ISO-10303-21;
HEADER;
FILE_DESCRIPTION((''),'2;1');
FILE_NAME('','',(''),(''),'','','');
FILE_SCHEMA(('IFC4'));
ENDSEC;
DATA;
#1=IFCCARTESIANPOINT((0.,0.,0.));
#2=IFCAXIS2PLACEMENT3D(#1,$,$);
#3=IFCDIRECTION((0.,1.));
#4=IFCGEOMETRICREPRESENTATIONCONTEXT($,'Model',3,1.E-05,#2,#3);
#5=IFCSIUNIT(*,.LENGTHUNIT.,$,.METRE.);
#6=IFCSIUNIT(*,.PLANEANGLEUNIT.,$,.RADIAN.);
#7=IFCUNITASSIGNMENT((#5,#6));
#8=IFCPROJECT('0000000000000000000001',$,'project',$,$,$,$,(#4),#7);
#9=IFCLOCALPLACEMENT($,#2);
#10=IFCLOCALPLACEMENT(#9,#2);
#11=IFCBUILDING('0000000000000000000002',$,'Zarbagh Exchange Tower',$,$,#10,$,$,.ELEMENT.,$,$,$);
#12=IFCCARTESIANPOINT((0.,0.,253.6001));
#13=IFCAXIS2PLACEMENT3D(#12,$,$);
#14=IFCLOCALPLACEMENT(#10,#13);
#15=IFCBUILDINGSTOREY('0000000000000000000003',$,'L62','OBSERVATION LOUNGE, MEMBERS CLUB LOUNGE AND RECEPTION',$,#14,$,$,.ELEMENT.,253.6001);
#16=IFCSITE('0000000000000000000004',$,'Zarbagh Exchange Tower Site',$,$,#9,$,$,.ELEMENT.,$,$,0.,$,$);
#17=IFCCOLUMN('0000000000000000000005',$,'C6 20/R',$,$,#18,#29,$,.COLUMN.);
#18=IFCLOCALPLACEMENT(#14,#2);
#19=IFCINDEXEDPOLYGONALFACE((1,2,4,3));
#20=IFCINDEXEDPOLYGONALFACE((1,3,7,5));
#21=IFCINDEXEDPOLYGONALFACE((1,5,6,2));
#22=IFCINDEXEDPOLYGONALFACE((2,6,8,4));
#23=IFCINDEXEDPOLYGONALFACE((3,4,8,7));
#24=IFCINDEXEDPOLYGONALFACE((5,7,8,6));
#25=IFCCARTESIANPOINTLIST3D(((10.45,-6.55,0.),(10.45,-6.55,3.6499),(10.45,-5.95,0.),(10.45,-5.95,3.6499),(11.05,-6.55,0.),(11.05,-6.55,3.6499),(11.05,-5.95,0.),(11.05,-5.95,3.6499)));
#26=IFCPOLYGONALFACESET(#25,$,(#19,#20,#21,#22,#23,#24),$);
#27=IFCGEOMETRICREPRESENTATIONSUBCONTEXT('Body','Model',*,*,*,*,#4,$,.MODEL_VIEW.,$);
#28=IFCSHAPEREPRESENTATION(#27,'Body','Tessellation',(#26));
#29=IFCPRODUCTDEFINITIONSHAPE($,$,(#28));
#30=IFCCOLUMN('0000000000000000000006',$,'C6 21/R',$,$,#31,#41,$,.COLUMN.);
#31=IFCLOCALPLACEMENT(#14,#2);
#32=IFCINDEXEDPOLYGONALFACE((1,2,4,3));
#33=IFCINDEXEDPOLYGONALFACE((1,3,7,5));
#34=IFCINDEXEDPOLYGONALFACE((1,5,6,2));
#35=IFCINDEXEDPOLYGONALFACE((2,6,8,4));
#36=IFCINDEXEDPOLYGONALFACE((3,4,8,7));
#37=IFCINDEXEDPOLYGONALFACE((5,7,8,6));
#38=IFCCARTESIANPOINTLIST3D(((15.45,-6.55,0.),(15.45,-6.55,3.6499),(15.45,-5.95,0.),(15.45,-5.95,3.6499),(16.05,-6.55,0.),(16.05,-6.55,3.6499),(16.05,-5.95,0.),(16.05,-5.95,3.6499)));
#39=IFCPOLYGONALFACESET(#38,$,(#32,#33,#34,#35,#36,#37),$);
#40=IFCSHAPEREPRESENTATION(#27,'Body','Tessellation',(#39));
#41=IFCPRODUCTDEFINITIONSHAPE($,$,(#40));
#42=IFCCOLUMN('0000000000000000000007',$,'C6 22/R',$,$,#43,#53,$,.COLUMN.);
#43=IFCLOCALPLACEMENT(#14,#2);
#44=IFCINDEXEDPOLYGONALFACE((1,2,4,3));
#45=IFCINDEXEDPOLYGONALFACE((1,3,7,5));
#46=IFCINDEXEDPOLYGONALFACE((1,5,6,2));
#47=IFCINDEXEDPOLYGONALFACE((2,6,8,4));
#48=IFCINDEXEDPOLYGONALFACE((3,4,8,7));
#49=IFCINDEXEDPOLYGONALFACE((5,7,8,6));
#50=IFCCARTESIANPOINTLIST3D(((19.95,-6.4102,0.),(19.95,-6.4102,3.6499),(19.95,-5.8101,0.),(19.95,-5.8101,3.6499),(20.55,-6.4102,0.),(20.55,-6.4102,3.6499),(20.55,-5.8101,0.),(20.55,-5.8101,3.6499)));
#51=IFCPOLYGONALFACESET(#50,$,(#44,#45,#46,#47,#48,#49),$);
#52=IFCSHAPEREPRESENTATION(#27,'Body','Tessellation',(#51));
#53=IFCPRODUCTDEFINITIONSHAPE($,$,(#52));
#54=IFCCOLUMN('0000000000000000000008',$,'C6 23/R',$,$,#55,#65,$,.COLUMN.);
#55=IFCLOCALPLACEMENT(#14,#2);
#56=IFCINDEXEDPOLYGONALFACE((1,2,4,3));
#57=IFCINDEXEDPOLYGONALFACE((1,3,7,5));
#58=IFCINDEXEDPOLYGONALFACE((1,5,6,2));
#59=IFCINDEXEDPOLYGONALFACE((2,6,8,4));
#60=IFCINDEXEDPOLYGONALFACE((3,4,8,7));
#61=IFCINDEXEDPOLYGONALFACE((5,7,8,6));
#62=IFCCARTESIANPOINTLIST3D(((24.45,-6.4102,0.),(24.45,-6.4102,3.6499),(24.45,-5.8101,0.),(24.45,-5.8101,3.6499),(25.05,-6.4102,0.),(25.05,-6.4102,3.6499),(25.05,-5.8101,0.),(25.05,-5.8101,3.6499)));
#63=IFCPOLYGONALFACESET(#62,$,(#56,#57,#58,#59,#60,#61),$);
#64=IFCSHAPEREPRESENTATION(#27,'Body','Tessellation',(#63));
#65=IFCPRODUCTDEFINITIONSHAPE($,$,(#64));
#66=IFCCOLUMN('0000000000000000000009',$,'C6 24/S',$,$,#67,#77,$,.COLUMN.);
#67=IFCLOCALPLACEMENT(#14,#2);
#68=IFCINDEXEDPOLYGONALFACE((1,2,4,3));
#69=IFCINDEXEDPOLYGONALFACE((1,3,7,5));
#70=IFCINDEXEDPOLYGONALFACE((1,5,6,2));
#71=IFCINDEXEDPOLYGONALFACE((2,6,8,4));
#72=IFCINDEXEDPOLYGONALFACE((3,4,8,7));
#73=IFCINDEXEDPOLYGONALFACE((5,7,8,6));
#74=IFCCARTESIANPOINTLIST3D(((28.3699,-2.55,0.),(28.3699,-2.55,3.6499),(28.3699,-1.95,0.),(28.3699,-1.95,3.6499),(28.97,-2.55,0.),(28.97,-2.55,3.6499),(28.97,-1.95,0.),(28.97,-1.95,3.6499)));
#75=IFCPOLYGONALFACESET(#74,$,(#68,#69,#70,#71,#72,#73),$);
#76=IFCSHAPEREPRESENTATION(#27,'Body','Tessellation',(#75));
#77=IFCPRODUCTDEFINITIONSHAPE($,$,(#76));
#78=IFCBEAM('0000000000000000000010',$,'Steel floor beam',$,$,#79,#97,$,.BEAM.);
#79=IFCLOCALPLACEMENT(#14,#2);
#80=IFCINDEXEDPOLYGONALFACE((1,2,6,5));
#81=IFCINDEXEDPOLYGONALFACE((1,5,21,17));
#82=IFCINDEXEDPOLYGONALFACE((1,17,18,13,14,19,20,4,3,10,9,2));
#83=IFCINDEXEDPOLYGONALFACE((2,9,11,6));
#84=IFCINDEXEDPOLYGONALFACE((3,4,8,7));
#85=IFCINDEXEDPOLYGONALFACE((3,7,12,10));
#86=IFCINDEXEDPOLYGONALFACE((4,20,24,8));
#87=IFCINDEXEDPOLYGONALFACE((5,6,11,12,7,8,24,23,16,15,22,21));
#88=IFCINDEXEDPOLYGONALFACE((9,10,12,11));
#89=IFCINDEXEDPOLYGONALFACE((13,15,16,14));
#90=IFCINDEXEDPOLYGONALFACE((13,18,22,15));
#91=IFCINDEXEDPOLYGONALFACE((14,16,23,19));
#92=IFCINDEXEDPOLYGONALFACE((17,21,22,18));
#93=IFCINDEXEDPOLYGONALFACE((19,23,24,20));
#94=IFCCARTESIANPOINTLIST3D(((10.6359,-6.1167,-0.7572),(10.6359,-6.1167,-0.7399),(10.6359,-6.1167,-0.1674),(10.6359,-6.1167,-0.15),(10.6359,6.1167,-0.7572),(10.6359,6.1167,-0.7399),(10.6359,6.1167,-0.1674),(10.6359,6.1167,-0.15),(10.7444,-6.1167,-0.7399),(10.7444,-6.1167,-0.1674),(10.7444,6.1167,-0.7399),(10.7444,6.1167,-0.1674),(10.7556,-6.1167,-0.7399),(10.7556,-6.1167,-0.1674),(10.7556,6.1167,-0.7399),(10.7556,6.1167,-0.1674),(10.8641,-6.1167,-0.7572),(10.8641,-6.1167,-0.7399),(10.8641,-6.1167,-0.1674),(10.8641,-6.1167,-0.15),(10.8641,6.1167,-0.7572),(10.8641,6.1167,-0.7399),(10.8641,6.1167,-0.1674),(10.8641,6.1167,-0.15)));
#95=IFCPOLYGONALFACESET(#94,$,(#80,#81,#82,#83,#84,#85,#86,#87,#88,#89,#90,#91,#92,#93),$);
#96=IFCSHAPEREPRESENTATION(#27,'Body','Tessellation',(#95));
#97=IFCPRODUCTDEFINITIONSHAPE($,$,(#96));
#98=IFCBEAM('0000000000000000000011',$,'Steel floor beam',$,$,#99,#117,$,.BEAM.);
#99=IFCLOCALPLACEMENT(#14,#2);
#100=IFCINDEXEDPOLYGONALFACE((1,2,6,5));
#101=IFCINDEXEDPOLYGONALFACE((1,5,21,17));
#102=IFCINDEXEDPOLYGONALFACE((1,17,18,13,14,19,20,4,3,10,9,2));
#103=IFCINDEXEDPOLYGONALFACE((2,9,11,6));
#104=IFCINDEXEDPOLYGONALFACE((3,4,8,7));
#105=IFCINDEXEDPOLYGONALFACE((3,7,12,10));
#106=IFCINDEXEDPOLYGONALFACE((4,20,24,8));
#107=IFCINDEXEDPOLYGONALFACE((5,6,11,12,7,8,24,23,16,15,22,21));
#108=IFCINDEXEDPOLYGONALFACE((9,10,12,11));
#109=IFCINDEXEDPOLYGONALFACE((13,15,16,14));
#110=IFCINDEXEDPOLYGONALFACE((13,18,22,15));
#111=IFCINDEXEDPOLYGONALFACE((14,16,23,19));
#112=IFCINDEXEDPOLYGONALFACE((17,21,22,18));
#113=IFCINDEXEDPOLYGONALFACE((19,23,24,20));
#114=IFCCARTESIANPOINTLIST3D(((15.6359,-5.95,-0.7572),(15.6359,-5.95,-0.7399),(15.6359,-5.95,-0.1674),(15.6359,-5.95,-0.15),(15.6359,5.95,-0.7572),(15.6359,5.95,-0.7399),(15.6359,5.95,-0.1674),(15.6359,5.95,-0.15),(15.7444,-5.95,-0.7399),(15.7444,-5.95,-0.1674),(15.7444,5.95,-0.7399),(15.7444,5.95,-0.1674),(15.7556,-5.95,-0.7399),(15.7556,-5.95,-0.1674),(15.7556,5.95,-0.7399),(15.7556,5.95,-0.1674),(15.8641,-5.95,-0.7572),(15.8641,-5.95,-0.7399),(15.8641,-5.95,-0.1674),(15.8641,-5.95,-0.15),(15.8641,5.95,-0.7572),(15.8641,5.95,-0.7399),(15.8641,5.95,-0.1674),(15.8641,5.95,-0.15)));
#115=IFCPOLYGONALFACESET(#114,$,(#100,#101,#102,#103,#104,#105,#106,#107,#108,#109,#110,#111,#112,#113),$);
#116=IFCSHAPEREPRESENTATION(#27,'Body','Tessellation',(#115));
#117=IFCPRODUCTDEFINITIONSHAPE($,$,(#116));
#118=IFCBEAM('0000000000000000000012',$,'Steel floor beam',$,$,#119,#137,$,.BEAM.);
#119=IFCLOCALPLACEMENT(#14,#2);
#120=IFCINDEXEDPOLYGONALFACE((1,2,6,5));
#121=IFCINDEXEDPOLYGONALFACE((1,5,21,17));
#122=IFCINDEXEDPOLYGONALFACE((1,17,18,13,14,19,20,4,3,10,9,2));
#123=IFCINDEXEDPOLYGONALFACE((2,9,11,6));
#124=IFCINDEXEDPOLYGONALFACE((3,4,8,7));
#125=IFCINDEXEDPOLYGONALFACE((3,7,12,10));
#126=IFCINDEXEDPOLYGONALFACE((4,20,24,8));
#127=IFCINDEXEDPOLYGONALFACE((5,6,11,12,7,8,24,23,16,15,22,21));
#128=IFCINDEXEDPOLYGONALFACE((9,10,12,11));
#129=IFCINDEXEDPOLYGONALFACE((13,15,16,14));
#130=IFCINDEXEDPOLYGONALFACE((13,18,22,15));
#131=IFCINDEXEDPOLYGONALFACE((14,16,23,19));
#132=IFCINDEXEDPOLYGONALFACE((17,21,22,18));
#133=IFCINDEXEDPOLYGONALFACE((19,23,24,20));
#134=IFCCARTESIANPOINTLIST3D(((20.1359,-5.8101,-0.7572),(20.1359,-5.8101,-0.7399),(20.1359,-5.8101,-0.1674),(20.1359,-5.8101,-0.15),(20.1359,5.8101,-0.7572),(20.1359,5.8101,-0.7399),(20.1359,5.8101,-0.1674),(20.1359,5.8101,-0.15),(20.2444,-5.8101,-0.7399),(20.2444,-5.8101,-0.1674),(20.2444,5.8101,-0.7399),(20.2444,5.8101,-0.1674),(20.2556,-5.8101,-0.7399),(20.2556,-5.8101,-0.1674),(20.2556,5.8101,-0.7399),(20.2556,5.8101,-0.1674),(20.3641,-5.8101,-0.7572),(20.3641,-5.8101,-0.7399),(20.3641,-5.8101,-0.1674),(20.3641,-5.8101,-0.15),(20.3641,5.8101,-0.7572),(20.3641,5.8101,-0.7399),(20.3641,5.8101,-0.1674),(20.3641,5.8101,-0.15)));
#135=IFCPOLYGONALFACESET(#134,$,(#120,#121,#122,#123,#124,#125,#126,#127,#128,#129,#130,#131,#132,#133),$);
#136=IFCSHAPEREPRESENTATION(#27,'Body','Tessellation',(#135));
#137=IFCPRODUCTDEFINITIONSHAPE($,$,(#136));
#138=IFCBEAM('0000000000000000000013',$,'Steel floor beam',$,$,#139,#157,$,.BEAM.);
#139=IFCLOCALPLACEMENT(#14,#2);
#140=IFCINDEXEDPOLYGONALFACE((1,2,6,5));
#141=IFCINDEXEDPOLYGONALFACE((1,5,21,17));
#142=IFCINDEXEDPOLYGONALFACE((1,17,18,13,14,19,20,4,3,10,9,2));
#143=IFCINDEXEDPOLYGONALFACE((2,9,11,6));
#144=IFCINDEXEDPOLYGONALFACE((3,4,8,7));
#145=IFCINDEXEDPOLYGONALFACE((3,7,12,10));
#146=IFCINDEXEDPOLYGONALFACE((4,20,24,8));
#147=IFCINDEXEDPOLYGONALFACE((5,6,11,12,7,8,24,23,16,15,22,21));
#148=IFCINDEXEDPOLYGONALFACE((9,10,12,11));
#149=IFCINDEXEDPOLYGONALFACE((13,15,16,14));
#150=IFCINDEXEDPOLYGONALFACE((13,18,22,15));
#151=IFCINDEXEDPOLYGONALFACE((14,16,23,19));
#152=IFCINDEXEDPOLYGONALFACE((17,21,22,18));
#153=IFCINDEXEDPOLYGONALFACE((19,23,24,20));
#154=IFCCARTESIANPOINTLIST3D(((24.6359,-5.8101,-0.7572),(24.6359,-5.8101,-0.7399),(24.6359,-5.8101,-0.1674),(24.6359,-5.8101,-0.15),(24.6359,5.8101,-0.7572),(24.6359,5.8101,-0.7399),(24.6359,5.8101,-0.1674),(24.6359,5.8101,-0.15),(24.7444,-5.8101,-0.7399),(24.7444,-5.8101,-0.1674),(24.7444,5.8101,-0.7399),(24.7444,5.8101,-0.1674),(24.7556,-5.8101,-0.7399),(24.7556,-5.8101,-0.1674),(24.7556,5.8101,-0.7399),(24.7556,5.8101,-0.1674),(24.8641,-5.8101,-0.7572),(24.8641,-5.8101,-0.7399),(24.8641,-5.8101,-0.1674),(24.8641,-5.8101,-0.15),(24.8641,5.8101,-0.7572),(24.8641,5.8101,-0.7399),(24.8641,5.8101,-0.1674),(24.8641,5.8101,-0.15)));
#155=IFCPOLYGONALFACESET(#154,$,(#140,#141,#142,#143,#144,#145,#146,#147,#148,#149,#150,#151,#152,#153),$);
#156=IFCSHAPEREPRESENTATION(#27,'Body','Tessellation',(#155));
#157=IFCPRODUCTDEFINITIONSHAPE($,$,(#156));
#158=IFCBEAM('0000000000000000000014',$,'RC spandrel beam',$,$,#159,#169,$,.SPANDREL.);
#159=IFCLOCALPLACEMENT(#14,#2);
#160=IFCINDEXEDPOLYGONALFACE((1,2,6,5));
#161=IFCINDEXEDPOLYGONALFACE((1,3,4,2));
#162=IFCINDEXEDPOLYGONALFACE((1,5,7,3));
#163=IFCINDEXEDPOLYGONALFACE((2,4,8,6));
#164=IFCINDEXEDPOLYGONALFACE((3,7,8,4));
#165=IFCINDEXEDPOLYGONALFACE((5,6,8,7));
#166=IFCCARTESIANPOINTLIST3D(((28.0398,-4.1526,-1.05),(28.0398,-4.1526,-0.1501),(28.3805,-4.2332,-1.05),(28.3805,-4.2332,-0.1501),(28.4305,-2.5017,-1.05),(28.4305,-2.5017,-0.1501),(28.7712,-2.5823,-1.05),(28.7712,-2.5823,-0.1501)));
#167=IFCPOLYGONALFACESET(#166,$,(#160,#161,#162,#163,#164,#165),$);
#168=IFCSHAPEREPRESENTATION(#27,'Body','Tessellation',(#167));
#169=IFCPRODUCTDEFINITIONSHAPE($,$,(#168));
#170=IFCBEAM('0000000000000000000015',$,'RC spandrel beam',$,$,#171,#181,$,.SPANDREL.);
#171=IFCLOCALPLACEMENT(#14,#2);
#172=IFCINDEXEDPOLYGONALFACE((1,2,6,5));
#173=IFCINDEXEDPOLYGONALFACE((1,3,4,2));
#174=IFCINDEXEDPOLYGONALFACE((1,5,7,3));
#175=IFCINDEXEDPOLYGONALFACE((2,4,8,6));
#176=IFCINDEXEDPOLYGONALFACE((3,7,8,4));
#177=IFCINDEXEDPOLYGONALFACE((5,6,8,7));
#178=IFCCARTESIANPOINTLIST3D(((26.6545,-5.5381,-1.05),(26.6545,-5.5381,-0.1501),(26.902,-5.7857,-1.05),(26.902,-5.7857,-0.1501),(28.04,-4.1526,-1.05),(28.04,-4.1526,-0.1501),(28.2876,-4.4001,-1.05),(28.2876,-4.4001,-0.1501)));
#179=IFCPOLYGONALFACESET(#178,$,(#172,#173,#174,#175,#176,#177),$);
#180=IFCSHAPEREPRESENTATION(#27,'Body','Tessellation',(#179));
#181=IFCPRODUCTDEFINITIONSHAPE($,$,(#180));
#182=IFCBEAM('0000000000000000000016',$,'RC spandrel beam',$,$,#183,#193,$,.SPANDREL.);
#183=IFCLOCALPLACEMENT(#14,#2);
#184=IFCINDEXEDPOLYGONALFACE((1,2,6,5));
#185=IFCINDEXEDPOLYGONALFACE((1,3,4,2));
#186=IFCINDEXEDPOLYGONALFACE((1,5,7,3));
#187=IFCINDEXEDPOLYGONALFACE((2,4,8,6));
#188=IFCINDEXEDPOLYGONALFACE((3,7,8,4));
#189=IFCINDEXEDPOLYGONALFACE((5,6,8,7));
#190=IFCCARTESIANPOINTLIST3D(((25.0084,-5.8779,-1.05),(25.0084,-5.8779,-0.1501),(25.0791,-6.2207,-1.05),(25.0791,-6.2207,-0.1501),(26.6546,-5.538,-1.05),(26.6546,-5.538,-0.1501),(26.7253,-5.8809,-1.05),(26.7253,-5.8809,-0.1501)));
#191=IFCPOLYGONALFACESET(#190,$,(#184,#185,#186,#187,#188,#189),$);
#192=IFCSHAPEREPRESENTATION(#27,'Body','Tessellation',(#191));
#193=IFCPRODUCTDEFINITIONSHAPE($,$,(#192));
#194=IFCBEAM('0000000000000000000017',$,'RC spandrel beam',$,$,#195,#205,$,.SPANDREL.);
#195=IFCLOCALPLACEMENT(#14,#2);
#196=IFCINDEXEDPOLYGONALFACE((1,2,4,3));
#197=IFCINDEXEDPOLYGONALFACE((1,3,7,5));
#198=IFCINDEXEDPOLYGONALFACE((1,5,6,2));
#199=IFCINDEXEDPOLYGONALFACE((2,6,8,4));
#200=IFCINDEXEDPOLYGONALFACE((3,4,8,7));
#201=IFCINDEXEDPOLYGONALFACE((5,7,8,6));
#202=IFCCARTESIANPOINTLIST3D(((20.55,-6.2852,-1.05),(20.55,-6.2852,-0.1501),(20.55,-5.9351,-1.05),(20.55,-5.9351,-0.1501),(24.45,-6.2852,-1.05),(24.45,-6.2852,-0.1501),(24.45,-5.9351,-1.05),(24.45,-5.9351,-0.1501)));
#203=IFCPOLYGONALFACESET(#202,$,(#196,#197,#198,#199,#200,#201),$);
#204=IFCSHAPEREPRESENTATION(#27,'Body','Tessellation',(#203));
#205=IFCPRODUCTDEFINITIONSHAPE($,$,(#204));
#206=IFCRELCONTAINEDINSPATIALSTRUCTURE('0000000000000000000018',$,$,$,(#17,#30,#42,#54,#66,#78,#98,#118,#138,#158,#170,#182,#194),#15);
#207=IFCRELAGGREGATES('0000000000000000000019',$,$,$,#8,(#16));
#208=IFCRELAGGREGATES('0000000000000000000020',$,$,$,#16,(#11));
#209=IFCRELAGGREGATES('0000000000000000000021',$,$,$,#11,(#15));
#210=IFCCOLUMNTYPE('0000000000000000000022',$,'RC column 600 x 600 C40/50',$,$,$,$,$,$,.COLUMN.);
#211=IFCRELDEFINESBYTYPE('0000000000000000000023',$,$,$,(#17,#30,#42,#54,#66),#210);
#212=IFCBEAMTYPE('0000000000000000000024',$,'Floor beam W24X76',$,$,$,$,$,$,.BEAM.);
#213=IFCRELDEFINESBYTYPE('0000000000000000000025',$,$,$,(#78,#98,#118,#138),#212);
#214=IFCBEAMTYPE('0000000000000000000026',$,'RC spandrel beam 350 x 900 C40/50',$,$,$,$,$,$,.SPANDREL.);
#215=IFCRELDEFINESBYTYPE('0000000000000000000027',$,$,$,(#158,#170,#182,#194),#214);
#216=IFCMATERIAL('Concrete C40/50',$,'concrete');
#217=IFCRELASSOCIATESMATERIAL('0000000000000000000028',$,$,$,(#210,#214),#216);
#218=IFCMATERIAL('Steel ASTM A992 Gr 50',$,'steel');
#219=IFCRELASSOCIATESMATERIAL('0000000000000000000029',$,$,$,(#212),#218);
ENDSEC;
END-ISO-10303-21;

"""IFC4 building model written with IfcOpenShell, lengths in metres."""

from ifc_helpers import new_model, si_unit, direction, frame, origin, origin_2d, place, context, subcontext, project, spatial, rectangle, i_section, extrude, material, material_profile, profile_set, type_object, element, save


model = new_model("IFC4")

# Units and contexts
model_context = context("Model", 3, precision=1e-05, world=origin(), true_north=direction((0.0, 1.0)))
body_context = subcontext(model_context, "Body", "Model", "MODEL_VIEW")
ifc_project = project(units=[si_unit("LENGTHUNIT", "METRE"), si_unit("PLANEANGLEUNIT", "RADIAN")], contexts=[model_context])

# Site, building, storey
site_placement = place(None, origin())
site = spatial("IfcSite", under=ifc_project, at=site_placement, Name="Zarbagh Exchange Tower Site", CompositionType="ELEMENT", RefElevation=0.0)
building_placement = place(site_placement, origin())
building = spatial("IfcBuilding", under=site, at=building_placement, Name="Zarbagh Exchange Tower", CompositionType="ELEMENT")
storey_placement = place(building_placement, frame((0.0, 0.0, 253.6001)))
storey = spatial("IfcBuildingStorey", under=building, at=storey_placement, Name="L62", Description="OBSERVATION LOUNGE, MEMBERS CLUB LOUNGE AND RECEPTION", CompositionType="ELEMENT", Elevation=253.6001)

# Columns
ifc_material_1 = material(Name="Concrete C40/50", Category="concrete")
ifc_material_profile_1 = material_profile(ifc_material_1, rectangle(XDim=0.6001, YDim=0.6001, at=origin_2d()), Name="RC column 600 x 600 C40/50")
ifc_profile_set_1 = profile_set([ifc_material_profile_1], Name="Concrete C40/50")
column_type = type_object("IfcColumnType", Name="RC column 600 x 600 C40/50", PredefinedType="COLUMN", material=ifc_profile_set_1)
for number, where, z_axis, x_axis, name in (
    (1, (10.75, -6.25, 0.0), (0.0, 0.0, 1.0), (1.0, 0.0, 0.0), "C6 20/R"),
    (2, (15.75, -6.25, 0.0), (0.0, 0.0, 1.0), (1.0, 0.0, 0.0), "C6 21/R"),
    (3, (20.25, -6.1101, 0.0), (0.0, 0.0, 1.0), (1.0, 0.0, 0.0), "C6 22/R"),
    (4, (24.75, -6.1101, 0.0), (0.0, 0.0, 1.0), (1.0, 0.0, 0.0), "C6 23/R"),
    (5, (28.6699, -2.25, 0.0), (0.0, 0.0, 1.0), (1.0, 0.0, 0.0), "C6 24/S"),
):
    element("IfcColumn", number, at=place(storey_placement, frame(where, z_axis=z_axis, x_axis=x_axis)), inside=storey, type_object=column_type, Name=name, PredefinedType="COLUMN", context=body_context, shape_type="SweptSolid", body=[
        extrude(rectangle(XDim=0.6001, YDim=0.6001, at=origin_2d()), origin(), (0.0, 0.0, 1.0), 3.6499),
    ])

# Beams
ifc_material_2 = material(Name="Steel ASTM A992 Gr 50", Category="steel")
ifc_material_profile_2 = material_profile(ifc_material_2, i_section(OverallWidth=0.2283, OverallDepth=0.6072, WebThickness=0.0112, FlangeThickness=0.0173, at=origin_2d()), Name="W24X76")
ifc_profile_set_2 = profile_set([ifc_material_profile_2], Name="Steel ASTM A992 Gr 50")
beam_type_1 = type_object("IfcBeamType", Name="Floor beam W24X76", PredefinedType="BEAM", material=ifc_profile_set_2)
beam_1_placement = place(storey_placement, frame((10.75, -6.1167, -0.4536), z_axis=(0.0, 1.0, 0.0), x_axis=(-1.0, 0.0, 0.0)))
element("IfcBeam", 6, at=beam_1_placement, inside=storey, type_object=beam_type_1, Name="Steel floor beam", PredefinedType="BEAM", context=body_context, shape_type="SweptSolid", body=[
    extrude(i_section(OverallWidth=0.2283, OverallDepth=0.6072, WebThickness=0.0112, FlangeThickness=0.0173, at=origin_2d()), origin(), (0.0, 0.0, 1.0), 12.2334),
])
beam_2_placement = place(storey_placement, frame((15.75, -5.95, -0.4536), z_axis=(0.0, 1.0, 0.0), x_axis=(-1.0, 0.0, 0.0)))
element("IfcBeam", 7, at=beam_2_placement, inside=storey, type_object=beam_type_1, Name="Steel floor beam", PredefinedType="BEAM", context=body_context, shape_type="SweptSolid", body=[
    extrude(i_section(OverallWidth=0.2283, OverallDepth=0.6072, WebThickness=0.0112, FlangeThickness=0.0173, at=origin_2d()), origin(), (0.0, 0.0, 1.0), 11.8999),
])
for number, where, z_axis, x_axis, name in (
    (8, (20.25, -5.8101, -0.4536), (0.0, 1.0, 0.0), (-1.0, 0.0, 0.0), "Steel floor beam"),
    (9, (24.75, -5.8101, -0.4536), (0.0, 1.0, 0.0), (-1.0, 0.0, 0.0), "Steel floor beam"),
):
    element("IfcBeam", number, at=place(storey_placement, frame(where, z_axis=z_axis, x_axis=x_axis)), inside=storey, type_object=beam_type_1, Name=name, PredefinedType="BEAM", context=body_context, shape_type="SweptSolid", body=[
        extrude(i_section(OverallWidth=0.2283, OverallDepth=0.6072, WebThickness=0.0112, FlangeThickness=0.0173, at=origin_2d()), origin(), (0.0, 0.0, 1.0), 11.6201),
    ])
ifc_material_profile_3 = material_profile(ifc_material_1, rectangle(XDim=0.3501, YDim=0.8999, at=origin_2d()), Name="RC spandrel beam 350 x 900 C40/50")
ifc_profile_set_3 = profile_set([ifc_material_profile_3], Name="Concrete C40/50")
beam_type_2 = type_object("IfcBeamType", Name="RC spandrel beam 350 x 900 C40/50", PredefinedType="SPANDREL", material=ifc_profile_set_3)
beam_3_placement = place(storey_placement, frame((28.6008, -2.542, -0.6001), z_axis=(-0.230258, -0.97313, 0.0), x_axis=(0.97313, -0.230258, 0.0)))
element("IfcBeam", 10, at=beam_3_placement, inside=storey, type_object=beam_type_2, Name="RC spandrel beam", PredefinedType="SPANDREL", context=body_context, shape_type="SweptSolid", body=[
    extrude(rectangle(XDim=0.3501, YDim=0.8999, at=origin_2d()), origin(), (0.0, 0.0, 1.0), 1.6965),
])
beam_4_placement = place(storey_placement, frame((28.1638, -4.2764, -0.6001), z_axis=(-0.707107, -0.707107, 0.0), x_axis=(0.707107, -0.707107, 0.0)))
element("IfcBeam", 11, at=beam_4_placement, inside=storey, type_object=beam_type_2, Name="RC spandrel beam", PredefinedType="SPANDREL", context=body_context, shape_type="SweptSolid", body=[
    extrude(rectangle(XDim=0.3501, YDim=0.8999, at=origin_2d()), origin(), (0.0, 0.0, 1.0), 1.9595),
])
beam_5_placement = place(storey_placement, frame((26.6899, -5.7095, -0.6001), z_axis=(-0.97935, -0.202173, 0.0), x_axis=(0.202173, -0.97935, 0.0)))
element("IfcBeam", 12, at=beam_5_placement, inside=storey, type_object=beam_type_2, Name="RC spandrel beam", PredefinedType="SPANDREL", context=body_context, shape_type="SweptSolid", body=[
    extrude(rectangle(XDim=0.3501, YDim=0.8999, at=origin_2d()), origin(), (0.0, 0.0, 1.0), 1.6809),
])
beam_6_placement = place(storey_placement, frame((24.45, -6.1101, -0.6001), z_axis=(-1.0, 0.0, 0.0), x_axis=(0.0, -1.0, 0.0)))
element("IfcBeam", 13, at=beam_6_placement, inside=storey, type_object=beam_type_2, Name="RC spandrel beam", PredefinedType="SPANDREL", context=body_context, shape_type="SweptSolid", body=[
    extrude(rectangle(XDim=0.3501, YDim=0.8999, at=origin_2d()), origin(), (0.0, 0.0, 1.0), 3.8999),
])

save(model, "model.ifc")
